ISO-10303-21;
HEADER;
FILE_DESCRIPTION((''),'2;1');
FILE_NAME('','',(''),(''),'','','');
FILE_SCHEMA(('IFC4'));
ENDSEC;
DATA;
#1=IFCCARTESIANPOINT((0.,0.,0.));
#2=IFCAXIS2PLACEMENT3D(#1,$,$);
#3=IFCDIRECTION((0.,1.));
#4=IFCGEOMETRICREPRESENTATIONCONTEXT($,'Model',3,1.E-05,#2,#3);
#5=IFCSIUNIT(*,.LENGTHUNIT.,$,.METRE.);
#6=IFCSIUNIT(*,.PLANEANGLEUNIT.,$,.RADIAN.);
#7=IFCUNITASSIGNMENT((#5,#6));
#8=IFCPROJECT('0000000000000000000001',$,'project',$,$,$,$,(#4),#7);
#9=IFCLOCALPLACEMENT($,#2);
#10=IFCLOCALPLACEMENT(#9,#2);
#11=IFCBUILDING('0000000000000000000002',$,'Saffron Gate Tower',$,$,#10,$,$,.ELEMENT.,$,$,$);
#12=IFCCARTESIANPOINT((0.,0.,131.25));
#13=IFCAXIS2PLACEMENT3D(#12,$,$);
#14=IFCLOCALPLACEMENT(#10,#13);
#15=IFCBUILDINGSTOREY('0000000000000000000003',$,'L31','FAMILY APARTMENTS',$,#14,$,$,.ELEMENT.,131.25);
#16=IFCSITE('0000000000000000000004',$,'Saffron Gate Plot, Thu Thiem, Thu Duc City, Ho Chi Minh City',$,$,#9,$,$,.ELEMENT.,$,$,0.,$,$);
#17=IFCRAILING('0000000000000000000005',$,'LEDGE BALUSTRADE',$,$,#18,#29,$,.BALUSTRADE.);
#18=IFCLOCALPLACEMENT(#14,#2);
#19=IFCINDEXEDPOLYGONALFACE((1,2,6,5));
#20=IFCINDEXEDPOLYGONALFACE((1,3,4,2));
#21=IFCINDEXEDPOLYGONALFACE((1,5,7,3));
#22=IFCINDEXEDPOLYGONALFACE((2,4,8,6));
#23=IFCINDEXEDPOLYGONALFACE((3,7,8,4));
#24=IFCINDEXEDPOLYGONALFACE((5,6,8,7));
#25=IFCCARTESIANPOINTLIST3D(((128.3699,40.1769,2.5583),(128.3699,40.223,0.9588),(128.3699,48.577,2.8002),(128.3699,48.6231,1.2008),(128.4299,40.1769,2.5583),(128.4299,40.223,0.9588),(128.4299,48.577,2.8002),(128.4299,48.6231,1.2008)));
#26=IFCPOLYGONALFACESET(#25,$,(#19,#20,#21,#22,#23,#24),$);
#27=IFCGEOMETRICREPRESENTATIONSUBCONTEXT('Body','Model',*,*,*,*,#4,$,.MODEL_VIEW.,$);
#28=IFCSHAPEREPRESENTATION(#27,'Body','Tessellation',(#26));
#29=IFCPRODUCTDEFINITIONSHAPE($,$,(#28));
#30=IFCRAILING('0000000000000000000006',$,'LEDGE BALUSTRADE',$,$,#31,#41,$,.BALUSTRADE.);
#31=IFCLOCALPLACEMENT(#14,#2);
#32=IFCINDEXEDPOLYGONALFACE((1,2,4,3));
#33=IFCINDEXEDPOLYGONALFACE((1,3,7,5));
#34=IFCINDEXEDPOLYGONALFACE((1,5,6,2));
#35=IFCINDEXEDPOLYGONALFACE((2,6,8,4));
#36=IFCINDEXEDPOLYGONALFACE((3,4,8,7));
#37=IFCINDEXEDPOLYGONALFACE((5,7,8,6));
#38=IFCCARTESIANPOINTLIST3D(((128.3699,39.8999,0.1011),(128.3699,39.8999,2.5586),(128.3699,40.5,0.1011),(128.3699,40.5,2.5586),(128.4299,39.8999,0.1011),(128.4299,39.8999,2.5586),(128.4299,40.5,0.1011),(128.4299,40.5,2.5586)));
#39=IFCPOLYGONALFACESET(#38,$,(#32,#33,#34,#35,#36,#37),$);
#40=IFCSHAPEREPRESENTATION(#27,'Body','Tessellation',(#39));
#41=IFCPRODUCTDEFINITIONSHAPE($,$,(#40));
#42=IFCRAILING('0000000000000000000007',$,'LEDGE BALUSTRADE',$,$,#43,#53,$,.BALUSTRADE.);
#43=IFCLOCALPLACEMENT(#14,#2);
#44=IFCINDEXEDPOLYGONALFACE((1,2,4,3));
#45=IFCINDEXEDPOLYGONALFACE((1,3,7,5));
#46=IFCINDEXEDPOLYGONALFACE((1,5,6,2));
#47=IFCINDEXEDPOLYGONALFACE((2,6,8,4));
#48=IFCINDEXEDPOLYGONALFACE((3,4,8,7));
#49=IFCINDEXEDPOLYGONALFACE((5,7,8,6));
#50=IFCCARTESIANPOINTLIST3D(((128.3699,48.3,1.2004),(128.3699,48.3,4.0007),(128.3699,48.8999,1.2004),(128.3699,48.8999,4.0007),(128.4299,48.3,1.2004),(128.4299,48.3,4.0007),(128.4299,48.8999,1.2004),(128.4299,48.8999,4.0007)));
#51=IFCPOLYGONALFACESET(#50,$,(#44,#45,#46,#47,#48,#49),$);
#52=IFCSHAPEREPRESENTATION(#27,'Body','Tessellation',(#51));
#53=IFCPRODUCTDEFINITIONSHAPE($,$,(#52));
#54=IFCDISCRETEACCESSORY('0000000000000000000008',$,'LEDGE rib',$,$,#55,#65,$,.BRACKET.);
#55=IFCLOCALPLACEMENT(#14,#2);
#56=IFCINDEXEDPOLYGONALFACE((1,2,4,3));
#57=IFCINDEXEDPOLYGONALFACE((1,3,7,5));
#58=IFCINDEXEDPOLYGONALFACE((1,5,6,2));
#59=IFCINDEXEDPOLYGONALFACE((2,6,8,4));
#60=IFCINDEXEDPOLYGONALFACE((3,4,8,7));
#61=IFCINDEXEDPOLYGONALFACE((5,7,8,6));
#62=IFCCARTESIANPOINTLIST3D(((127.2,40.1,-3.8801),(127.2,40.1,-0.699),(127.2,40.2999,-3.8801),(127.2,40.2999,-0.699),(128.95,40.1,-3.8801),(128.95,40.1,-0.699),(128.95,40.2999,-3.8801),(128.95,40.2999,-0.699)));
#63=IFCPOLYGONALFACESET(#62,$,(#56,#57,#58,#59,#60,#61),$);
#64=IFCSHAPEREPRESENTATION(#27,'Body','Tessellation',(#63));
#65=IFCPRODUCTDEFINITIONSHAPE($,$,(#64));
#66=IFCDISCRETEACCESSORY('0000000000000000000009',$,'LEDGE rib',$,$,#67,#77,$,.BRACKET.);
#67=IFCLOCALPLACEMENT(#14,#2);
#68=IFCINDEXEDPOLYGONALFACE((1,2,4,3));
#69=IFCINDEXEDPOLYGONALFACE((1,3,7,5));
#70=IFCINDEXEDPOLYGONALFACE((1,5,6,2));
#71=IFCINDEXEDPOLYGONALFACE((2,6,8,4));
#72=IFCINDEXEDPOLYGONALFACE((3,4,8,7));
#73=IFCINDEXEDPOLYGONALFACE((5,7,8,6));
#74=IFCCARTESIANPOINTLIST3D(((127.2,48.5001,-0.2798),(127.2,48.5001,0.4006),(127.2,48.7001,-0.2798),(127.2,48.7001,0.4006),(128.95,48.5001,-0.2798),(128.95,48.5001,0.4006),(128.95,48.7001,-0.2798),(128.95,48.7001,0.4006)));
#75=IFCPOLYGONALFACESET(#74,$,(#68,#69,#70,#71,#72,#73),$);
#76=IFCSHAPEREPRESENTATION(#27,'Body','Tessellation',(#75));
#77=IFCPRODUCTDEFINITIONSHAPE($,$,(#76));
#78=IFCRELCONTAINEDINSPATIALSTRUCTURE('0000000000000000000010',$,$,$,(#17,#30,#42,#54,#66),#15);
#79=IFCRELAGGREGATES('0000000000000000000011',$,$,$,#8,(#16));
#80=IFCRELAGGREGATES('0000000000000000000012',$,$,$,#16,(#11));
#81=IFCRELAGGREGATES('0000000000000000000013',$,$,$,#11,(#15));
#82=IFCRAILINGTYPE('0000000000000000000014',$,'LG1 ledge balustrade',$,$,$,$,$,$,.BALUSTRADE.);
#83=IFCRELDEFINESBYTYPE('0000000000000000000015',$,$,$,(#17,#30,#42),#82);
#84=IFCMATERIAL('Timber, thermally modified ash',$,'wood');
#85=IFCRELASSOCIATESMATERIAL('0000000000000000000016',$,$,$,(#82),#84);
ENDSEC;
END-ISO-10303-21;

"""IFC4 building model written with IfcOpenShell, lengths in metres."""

from ifc_helpers import new_model, si_unit, direction, frame, origin, origin_2d, place, context, subcontext, project, spatial, rectangle, extrude, material, type_object, element, save


model = new_model("IFC4")

# Units and contexts
model_context = context("Model", 3, precision=1e-05, world=origin(), true_north=direction((0.0, 1.0)))
body_context = subcontext(model_context, "Body", "Model", "MODEL_VIEW")
ifc_project = project(units=[si_unit("LENGTHUNIT", "METRE"), si_unit("PLANEANGLEUNIT", "RADIAN")], contexts=[model_context])

# Site, building, storey
site_placement = place(None, origin())
site = spatial("IfcSite", under=ifc_project, at=site_placement, Name="Saffron Gate Plot, Thu Thiem, Thu Duc City, Ho Chi Minh City", CompositionType="ELEMENT", RefElevation=0.0)
building_placement = place(site_placement, origin())
building = spatial("IfcBuilding", under=site, at=building_placement, Name="Saffron Gate Tower", CompositionType="ELEMENT")
storey_placement = place(building_placement, frame((0.0, 0.0, 131.25)))
storey = spatial("IfcBuildingStorey", under=building, at=storey_placement, Name="L31", Description="FAMILY APARTMENTS", CompositionType="ELEMENT", Elevation=131.25)

# Shared definitions
ifc_material_1 = material(Name="Timber, thermally modified ash", Category="wood")

# Railings
railing_type = type_object("IfcRailingType", Name="LG1 ledge balustrade", PredefinedType="BALUSTRADE", material=ifc_material_1)
railing_1_placement = place(storey_placement, frame((128.3999, 40.2, 0.9585)))
element("IfcRailing", 1, at=railing_1_placement, inside=storey, type_object=railing_type, Name="LEDGE BALUSTRADE", PredefinedType="BALUSTRADE", context=body_context, shape_type="SweptSolid", body=[
    extrude(rectangle(XDim=0.0601, YDim=1.6001, at=origin_2d()), frame((0.0, 0.0, 0.8), z_axis=(0.0, 0.999585, 0.02879), x_axis=(-1.0, 0.0, 0.0)), (0.0, 0.0, 1.0), 8.4036),
])
railing_2_placement = place(storey_placement, frame((128.3999, 39.8999, 0.1011)))
element("IfcRailing", 2, at=railing_2_placement, inside=storey, type_object=railing_type, Name="LEDGE BALUSTRADE", PredefinedType="BALUSTRADE", context=body_context, shape_type="SweptSolid", body=[
    extrude(rectangle(XDim=0.0601, YDim=2.4575, at=origin_2d()), frame((0.0, 0.0, 1.2288), z_axis=(0.0, 1.0, 0.0), x_axis=(-1.0, 0.0, 0.0)), (0.0, 0.0, 1.0), 0.6001),
])
railing_3_placement = place(storey_placement, frame((128.3999, 48.3, 1.2004)))
element("IfcRailing", 3, at=railing_3_placement, inside=storey, type_object=railing_type, Name="LEDGE BALUSTRADE", PredefinedType="BALUSTRADE", context=body_context, shape_type="SweptSolid", body=[
    extrude(rectangle(XDim=0.0601, YDim=2.8003, at=origin_2d()), frame((0.0, 0.0, 1.4001), z_axis=(0.0, 1.0, 0.0), x_axis=(-1.0, 0.0, 0.0)), (0.0, 0.0, 1.0), 0.5999),
])

# Discrete accessories
discrete_accessory_1_placement = place(storey_placement, frame((128.075, 40.2, -3.8801), z_axis=(0.0, 0.0, 1.0), x_axis=(0.0, 1.0, 0.0)))
element("IfcDiscreteAccessory", 4, at=discrete_accessory_1_placement, inside=storey, Name="LEDGE rib", PredefinedType="BRACKET", context=body_context, shape_type="SweptSolid", body=[
    extrude(rectangle(XDim=0.2, YDim=1.75, at=origin_2d()), origin(), (0.0, 0.0, 1.0), 3.1812),
])
discrete_accessory_2_placement = place(storey_placement, frame((128.075, 48.6001, -0.2798), z_axis=(0.0, 0.0, 1.0), x_axis=(0.0, 1.0, 0.0)))
element("IfcDiscreteAccessory", 5, at=discrete_accessory_2_placement, inside=storey, Name="LEDGE rib", PredefinedType="BRACKET", context=body_context, shape_type="SweptSolid", body=[
    extrude(rectangle(XDim=0.2, YDim=1.75, at=origin_2d()), origin(), (0.0, 0.0, 1.0), 0.6804),
])

save(model, "model.ifc")
